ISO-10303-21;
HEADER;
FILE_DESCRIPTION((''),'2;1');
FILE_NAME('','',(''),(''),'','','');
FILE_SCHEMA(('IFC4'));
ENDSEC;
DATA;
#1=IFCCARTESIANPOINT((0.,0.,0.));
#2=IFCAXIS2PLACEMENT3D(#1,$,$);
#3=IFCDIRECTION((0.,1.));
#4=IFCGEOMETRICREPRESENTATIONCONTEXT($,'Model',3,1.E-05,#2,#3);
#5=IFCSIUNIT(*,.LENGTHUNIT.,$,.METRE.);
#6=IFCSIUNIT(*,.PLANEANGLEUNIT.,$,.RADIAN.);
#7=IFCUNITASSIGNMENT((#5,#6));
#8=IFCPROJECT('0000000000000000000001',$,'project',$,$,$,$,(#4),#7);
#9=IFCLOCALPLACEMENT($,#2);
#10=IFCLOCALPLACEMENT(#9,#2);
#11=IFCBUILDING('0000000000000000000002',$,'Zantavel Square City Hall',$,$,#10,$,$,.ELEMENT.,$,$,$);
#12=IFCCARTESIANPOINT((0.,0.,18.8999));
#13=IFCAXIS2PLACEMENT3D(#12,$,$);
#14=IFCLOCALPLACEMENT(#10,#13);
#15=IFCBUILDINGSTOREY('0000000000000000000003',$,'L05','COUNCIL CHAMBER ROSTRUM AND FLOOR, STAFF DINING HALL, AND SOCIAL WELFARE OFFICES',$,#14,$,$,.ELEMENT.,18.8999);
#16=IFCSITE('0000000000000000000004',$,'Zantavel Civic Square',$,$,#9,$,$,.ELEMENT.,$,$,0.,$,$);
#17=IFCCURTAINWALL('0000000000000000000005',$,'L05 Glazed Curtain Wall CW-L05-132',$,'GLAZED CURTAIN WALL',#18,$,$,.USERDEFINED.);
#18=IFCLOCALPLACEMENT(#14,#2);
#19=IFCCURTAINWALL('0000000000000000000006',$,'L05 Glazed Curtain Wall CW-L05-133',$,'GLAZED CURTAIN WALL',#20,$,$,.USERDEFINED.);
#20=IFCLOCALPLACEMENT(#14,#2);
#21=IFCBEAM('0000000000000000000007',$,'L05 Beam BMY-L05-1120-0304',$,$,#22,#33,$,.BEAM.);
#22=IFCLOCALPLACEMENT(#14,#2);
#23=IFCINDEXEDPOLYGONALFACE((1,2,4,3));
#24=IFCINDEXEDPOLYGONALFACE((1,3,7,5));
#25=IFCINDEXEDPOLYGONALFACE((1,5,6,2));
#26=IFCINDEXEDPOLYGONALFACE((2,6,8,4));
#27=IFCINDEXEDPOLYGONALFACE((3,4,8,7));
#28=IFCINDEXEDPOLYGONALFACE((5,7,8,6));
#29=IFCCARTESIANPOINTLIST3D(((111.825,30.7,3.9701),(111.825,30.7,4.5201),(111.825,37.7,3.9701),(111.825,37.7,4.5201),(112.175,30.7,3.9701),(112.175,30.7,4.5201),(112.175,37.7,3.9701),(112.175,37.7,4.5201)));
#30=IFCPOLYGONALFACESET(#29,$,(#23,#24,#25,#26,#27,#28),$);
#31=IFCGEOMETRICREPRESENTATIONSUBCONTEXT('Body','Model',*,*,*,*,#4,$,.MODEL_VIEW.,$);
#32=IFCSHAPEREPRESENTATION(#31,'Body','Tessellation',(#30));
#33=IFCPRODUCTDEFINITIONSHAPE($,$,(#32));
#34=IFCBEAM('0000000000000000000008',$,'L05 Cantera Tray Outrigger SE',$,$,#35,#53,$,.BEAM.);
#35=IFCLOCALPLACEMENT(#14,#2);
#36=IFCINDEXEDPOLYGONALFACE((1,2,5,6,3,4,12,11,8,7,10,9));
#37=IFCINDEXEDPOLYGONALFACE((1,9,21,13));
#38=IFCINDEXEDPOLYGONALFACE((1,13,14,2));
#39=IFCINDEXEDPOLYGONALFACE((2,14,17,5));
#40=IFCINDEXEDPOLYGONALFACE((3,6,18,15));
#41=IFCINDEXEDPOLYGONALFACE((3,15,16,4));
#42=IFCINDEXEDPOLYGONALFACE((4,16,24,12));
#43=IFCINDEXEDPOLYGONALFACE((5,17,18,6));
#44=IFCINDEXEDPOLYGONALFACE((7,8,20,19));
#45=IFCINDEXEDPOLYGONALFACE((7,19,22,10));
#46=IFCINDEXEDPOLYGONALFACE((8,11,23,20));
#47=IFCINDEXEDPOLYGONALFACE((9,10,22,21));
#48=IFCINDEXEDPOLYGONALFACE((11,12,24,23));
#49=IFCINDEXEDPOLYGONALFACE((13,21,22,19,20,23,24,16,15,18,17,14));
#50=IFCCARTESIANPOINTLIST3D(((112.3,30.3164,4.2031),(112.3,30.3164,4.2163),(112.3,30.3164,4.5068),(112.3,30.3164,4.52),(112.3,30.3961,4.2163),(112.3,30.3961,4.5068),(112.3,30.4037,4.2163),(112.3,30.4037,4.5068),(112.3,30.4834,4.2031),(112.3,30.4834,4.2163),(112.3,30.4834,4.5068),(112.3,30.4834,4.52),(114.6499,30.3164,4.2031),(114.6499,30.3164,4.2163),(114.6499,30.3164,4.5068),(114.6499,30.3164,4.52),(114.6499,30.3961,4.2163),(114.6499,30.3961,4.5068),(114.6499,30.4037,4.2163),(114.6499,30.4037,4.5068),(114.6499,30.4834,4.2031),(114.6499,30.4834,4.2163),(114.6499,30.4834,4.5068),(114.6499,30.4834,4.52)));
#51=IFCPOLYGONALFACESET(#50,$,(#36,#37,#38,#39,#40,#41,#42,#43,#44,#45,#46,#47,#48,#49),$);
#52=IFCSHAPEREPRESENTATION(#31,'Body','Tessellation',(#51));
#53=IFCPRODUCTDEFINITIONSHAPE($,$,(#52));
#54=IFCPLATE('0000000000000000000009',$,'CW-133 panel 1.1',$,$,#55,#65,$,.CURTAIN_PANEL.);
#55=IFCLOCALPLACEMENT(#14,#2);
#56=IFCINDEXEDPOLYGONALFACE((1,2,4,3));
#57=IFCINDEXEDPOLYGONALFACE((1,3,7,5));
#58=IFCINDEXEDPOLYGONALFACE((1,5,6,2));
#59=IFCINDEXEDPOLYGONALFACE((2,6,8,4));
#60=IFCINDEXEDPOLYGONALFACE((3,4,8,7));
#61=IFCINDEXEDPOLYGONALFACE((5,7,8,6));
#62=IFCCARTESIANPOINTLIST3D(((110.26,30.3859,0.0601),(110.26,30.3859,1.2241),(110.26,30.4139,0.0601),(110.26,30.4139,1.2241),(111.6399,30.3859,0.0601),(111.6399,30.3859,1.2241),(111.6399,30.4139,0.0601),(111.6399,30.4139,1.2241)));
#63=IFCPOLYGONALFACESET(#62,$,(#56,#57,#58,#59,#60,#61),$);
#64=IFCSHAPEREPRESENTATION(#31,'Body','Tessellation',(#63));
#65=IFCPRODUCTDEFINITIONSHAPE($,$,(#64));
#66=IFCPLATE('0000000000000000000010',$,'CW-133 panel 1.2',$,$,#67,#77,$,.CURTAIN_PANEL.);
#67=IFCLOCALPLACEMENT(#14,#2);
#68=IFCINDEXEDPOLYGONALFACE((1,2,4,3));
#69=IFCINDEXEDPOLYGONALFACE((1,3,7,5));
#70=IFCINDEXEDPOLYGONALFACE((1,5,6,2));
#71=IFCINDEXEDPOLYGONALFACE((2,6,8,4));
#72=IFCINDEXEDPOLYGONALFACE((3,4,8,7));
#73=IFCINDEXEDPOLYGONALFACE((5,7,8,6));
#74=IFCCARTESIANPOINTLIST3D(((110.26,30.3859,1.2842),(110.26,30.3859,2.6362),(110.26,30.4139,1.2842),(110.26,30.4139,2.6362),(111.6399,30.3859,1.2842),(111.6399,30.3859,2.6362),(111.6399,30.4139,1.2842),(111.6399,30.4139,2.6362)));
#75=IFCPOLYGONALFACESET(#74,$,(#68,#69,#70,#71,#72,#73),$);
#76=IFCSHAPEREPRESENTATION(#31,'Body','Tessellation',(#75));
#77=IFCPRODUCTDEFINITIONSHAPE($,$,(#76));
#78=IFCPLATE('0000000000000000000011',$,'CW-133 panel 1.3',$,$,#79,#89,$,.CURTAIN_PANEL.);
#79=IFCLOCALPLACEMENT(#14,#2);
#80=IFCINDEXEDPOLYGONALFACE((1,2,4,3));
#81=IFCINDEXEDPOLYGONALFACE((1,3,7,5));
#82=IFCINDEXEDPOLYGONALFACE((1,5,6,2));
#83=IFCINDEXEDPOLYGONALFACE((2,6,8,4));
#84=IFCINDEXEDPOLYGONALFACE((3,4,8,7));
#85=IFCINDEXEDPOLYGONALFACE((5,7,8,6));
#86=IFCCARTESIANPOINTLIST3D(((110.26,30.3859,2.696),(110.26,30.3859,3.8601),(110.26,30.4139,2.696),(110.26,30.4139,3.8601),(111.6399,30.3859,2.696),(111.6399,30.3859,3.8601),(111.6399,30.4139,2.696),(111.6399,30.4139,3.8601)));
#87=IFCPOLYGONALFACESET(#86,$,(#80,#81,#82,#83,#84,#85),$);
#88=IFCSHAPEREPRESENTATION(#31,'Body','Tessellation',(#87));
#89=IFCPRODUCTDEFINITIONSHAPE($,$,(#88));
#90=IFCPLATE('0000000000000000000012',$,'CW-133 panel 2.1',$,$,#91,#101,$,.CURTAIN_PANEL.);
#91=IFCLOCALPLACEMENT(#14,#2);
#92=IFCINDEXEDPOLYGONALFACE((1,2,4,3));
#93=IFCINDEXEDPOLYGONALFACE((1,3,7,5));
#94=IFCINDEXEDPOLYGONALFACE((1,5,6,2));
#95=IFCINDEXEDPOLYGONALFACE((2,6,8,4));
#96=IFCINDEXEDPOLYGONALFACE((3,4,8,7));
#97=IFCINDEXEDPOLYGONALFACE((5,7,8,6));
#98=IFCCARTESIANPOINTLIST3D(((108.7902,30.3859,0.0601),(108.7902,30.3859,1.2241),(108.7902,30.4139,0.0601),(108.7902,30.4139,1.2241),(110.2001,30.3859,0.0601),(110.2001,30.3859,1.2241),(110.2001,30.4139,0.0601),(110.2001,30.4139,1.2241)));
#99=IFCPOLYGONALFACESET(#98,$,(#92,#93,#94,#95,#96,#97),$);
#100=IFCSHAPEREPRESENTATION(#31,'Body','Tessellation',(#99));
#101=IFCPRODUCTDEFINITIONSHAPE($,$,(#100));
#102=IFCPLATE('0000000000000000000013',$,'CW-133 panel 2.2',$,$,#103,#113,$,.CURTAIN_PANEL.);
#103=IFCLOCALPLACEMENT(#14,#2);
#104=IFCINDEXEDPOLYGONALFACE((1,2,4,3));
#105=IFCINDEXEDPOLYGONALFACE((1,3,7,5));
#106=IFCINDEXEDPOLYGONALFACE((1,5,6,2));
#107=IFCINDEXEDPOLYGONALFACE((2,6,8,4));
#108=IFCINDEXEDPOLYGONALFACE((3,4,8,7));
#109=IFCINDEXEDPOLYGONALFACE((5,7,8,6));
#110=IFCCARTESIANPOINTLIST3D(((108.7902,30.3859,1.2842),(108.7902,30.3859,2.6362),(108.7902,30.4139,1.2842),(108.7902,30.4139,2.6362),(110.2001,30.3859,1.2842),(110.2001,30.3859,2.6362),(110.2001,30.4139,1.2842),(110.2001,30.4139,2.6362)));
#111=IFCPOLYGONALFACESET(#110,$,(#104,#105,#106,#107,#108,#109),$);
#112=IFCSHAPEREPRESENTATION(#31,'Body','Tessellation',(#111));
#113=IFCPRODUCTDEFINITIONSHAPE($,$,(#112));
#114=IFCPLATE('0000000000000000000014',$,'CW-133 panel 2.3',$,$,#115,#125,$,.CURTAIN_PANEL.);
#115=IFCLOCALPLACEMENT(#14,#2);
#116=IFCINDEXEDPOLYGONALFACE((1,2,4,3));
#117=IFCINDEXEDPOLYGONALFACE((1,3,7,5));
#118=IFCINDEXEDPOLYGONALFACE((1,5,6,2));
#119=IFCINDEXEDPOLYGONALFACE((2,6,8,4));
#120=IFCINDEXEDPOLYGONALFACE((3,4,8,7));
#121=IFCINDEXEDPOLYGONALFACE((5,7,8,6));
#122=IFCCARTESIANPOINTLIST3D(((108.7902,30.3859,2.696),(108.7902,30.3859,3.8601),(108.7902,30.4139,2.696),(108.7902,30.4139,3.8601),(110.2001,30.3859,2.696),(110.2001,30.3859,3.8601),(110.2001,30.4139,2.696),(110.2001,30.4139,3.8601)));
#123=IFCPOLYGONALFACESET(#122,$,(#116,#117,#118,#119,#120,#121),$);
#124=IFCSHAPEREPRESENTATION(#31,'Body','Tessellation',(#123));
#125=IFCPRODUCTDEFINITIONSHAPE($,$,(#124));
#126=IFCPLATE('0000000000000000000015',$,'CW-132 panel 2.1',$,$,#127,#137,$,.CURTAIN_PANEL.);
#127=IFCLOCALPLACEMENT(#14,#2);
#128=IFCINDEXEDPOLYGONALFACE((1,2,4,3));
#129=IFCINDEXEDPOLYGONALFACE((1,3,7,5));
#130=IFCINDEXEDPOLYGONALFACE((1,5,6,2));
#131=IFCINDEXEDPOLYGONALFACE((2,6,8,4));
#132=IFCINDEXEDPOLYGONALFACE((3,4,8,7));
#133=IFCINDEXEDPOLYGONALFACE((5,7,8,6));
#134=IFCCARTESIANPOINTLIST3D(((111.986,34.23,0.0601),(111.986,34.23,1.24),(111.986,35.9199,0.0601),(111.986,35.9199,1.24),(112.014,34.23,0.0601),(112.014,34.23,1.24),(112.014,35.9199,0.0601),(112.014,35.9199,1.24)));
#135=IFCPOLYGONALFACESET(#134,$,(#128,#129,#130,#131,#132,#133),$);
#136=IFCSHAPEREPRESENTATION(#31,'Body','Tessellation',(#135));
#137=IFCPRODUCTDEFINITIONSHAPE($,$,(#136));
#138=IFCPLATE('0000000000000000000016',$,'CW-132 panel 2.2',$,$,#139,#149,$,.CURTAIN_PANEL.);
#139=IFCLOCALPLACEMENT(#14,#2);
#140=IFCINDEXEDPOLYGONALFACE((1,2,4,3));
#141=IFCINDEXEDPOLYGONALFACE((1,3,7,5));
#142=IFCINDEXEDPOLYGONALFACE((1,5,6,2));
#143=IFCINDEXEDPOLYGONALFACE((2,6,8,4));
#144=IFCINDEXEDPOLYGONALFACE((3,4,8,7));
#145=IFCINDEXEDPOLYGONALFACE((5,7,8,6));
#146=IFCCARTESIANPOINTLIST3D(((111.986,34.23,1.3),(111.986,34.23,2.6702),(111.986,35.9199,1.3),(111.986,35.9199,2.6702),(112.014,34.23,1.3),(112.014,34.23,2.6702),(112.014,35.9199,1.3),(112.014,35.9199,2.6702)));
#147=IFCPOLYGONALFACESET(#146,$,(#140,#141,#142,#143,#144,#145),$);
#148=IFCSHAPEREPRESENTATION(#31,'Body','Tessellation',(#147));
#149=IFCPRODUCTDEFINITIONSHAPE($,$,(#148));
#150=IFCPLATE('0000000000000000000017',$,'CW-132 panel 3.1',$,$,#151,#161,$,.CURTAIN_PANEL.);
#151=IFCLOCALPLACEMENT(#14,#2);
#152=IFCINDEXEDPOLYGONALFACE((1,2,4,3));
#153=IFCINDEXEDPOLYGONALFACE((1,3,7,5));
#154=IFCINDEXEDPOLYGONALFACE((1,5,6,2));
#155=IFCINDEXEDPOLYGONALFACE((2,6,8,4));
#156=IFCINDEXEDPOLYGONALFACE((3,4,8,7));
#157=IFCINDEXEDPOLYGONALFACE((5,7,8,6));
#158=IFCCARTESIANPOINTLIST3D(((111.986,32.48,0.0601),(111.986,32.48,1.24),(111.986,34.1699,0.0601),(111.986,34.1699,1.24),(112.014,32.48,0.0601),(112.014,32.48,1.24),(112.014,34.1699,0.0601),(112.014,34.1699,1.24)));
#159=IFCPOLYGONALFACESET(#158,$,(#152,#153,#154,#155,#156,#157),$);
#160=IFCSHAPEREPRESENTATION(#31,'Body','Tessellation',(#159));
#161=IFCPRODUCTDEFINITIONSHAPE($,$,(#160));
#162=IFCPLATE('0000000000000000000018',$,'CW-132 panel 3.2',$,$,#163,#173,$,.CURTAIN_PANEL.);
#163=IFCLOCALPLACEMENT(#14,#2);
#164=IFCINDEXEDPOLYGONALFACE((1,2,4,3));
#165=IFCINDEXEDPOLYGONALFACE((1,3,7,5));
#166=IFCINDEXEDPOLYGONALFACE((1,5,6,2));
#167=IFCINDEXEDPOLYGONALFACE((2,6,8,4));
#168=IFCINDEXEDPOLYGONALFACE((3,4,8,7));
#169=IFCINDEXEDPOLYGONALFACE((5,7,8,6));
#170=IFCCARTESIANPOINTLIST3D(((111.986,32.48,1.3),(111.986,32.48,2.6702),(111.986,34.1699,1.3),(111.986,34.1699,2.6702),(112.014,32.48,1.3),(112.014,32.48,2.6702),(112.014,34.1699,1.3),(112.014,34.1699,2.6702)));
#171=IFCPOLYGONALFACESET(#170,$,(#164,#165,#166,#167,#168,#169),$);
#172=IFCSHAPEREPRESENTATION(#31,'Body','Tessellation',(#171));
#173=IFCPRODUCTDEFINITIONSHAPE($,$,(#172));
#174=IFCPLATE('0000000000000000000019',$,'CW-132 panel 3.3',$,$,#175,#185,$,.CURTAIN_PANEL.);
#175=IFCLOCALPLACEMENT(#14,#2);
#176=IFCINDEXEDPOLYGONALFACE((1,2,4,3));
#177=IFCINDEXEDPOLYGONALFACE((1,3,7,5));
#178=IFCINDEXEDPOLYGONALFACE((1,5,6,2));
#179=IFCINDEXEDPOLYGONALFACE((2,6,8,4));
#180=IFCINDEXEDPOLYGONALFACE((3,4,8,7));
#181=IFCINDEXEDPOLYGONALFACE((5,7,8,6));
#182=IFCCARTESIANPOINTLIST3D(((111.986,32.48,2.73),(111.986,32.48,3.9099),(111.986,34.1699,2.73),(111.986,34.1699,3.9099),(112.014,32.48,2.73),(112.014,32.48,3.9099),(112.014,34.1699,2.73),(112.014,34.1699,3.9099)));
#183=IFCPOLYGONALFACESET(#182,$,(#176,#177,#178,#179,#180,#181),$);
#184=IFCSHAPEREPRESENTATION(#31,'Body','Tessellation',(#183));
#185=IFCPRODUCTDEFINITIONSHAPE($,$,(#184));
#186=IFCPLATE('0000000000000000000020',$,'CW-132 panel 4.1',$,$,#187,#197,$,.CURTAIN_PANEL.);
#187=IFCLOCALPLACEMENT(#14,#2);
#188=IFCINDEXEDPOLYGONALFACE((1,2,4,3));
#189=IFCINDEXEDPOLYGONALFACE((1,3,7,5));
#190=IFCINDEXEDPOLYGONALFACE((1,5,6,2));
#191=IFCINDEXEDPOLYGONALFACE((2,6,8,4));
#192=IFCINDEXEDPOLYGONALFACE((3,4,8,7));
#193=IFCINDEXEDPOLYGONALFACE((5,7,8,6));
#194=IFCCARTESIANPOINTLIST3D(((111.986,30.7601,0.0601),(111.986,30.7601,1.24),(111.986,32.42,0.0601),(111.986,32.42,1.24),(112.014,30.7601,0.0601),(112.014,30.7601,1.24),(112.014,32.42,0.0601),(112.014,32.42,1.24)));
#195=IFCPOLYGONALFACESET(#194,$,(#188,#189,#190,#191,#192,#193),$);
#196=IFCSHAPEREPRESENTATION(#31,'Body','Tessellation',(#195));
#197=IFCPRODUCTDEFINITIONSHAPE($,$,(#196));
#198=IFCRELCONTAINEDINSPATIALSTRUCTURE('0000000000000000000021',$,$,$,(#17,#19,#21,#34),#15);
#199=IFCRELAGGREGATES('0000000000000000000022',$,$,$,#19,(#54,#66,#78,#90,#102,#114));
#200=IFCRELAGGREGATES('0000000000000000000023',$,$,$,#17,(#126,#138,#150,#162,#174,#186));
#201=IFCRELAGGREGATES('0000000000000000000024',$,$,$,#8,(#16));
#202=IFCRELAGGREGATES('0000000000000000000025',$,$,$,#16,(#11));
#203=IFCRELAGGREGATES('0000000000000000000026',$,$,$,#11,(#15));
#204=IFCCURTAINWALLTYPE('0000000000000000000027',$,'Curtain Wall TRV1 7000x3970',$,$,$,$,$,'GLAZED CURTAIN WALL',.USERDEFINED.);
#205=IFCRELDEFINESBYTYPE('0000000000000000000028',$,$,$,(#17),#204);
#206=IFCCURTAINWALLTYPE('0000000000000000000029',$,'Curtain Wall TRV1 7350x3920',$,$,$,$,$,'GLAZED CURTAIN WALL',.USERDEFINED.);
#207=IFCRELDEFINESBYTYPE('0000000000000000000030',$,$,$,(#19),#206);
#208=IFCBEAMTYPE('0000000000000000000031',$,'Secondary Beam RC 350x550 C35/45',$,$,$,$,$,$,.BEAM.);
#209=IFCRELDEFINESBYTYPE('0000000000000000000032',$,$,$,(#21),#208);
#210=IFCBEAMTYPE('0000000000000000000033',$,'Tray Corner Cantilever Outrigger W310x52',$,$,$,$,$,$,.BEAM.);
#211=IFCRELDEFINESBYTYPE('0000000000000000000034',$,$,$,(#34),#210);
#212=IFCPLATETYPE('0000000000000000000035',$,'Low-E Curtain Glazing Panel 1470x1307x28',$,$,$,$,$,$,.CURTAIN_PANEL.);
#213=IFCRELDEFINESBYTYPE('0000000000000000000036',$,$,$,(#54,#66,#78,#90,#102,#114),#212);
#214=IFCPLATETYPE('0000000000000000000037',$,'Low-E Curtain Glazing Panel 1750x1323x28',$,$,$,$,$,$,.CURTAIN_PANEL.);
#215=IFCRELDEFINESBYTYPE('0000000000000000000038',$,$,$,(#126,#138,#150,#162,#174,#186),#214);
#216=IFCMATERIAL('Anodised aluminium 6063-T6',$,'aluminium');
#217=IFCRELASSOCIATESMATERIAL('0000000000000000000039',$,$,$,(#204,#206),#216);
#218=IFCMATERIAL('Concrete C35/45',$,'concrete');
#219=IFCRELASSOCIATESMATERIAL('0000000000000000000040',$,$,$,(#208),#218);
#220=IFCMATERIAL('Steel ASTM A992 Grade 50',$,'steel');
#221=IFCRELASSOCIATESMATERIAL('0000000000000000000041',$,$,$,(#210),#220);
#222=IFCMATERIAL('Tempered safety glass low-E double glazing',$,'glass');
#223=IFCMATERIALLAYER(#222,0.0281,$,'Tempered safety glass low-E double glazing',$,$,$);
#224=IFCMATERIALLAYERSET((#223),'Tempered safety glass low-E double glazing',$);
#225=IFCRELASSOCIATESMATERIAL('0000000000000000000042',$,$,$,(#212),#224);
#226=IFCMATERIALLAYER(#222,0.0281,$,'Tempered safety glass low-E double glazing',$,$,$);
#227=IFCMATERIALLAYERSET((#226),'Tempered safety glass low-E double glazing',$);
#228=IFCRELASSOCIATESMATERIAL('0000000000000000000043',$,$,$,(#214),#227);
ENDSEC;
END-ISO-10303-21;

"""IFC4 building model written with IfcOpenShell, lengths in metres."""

from ifc_helpers import new_model, si_unit, direction, frame, origin, origin_2d, place, context, subcontext, project, spatial, rectangle, i_section, extrude, material, layer, layer_set, material_profile, profile_set, type_object, element, aggregate, save


model = new_model("IFC4")

# Units and contexts
model_context = context("Model", 3, precision=1e-05, world=origin(), true_north=direction((0.0, 1.0)))
body_context = subcontext(model_context, "Body", "Model", "MODEL_VIEW")
ifc_project = project(units=[si_unit("LENGTHUNIT", "METRE"), si_unit("PLANEANGLEUNIT", "RADIAN")], contexts=[model_context])

# Site, building, storey
site_placement = place(None, origin())
site = spatial("IfcSite", under=ifc_project, at=site_placement, Name="Zantavel Civic Square", CompositionType="ELEMENT", RefElevation=0.0)
building_placement = place(site_placement, origin())
building = spatial("IfcBuilding", under=site, at=building_placement, Name="Zantavel Square City Hall", CompositionType="ELEMENT")
storey_placement = place(building_placement, frame((0.0, 0.0, 18.8999)))
storey = spatial("IfcBuildingStorey", under=building, at=storey_placement, Name="L05", Description="COUNCIL CHAMBER ROSTRUM AND FLOOR, STAFF DINING HALL, AND SOCIAL WELFARE OFFICES", CompositionType="ELEMENT", Elevation=18.8999)

# Curtain walls
ifc_material_1 = material(Name="Anodised aluminium 6063-T6", Category="aluminium")
curtain_wall_type_1 = type_object("IfcCurtainWallType", Name="Curtain Wall TRV1 7000x3970", ElementType="GLAZED CURTAIN WALL", PredefinedType="USERDEFINED", material=ifc_material_1)
curtain_wall_1_placement = place(storey_placement, origin())
curtain_wall_1 = element("IfcCurtainWall", 1, at=curtain_wall_1_placement, inside=storey, type_object=curtain_wall_type_1, Name="L05 Glazed Curtain Wall CW-L05-132", ObjectType="GLAZED CURTAIN WALL", PredefinedType="USERDEFINED")
curtain_wall_type_2 = type_object("IfcCurtainWallType", Name="Curtain Wall TRV1 7350x3920", ElementType="GLAZED CURTAIN WALL", PredefinedType="USERDEFINED", material=ifc_material_1)
curtain_wall_2_placement = place(storey_placement, origin())
curtain_wall_2 = element("IfcCurtainWall", 2, at=curtain_wall_2_placement, inside=storey, type_object=curtain_wall_type_2, Name="L05 Glazed Curtain Wall CW-L05-133", ObjectType="GLAZED CURTAIN WALL", PredefinedType="USERDEFINED")

# Beams
ifc_material_2 = material(Name="Concrete C35/45", Category="concrete")
ifc_material_profile_1 = material_profile(ifc_material_2, rectangle(XDim=0.3501, YDim=0.55, at=origin_2d()), Name="RC 350x550")
ifc_profile_set_1 = profile_set([ifc_material_profile_1], Name="Concrete C35/45")
beam_type_1 = type_object("IfcBeamType", Name="Secondary Beam RC 350x550 C35/45", PredefinedType="BEAM", material=ifc_profile_set_1)
beam_1_placement = place(storey_placement, frame((112.0, 30.7, 4.2451), z_axis=(0.0, 1.0, 0.0), x_axis=(-1.0, 0.0, 0.0)))
element("IfcBeam", 3, at=beam_1_placement, inside=storey, type_object=beam_type_1, Name="L05 Beam BMY-L05-1120-0304", PredefinedType="BEAM", context=body_context, shape_type="SweptSolid", body=[
    extrude(rectangle(XDim=0.3501, YDim=0.55, at=origin_2d()), origin(), (0.0, 0.0, 1.0), 7.0),
])
ifc_material_3 = material(Name="Steel ASTM A992 Grade 50", Category="steel")
ifc_material_profile_2 = material_profile(ifc_material_3, i_section(OverallWidth=0.167, OverallDepth=0.3169, WebThickness=0.0076, FlangeThickness=0.0132, at=origin_2d()), Name="W310x52")
ifc_profile_set_2 = profile_set([ifc_material_profile_2], Name="Steel ASTM A992 Grade 50")
beam_type_2 = type_object("IfcBeamType", Name="Tray Corner Cantilever Outrigger W310x52", PredefinedType="BEAM", material=ifc_profile_set_2)
beam_2_placement = place(storey_placement, frame((112.3, 30.3999, 4.3616), z_axis=(1.0, 0.0, 0.0), x_axis=(0.0, 1.0, 0.0)))
element("IfcBeam", 4, at=beam_2_placement, inside=storey, type_object=beam_type_2, Name="L05 Cantera Tray Outrigger SE", PredefinedType="BEAM", context=body_context, shape_type="SweptSolid", body=[
    extrude(i_section(OverallWidth=0.167, OverallDepth=0.3169, WebThickness=0.0076, FlangeThickness=0.0132, at=origin_2d()), origin(), (0.0, 0.0, 1.0), 2.3499),
])

# Plates
ifc_material_4 = material(Name="Tempered safety glass low-E double glazing", Category="glass")
ifc_layer_1 = layer(ifc_material_4, 0.0281, Name="Tempered safety glass low-E double glazing")
ifc_layer_set_1 = layer_set([ifc_layer_1], Name="Tempered safety glass low-E double glazing")
plate_type_1 = type_object("IfcPlateType", Name="Low-E Curtain Glazing Panel 1470x1307x28", PredefinedType="CURTAIN_PANEL", material=ifc_layer_set_1)
plate_1_placement = place(storey_placement, frame((110.95, 30.3999, 0.0601), z_axis=(0.0, 0.0, 1.0), x_axis=(-1.0, 0.0, 0.0)))
plate_1 = element("IfcPlate", 5, at=plate_1_placement, type_object=plate_type_1, Name="CW-133 panel 1.1", PredefinedType="CURTAIN_PANEL", context=body_context, shape_type="SweptSolid", body=[
    extrude(rectangle(XDim=1.3799, YDim=0.0281, at=origin_2d()), origin(), (0.0, 0.0, 1.0), 1.1641),
])
plate_2_placement = place(storey_placement, frame((110.95, 30.3999, 1.2842), z_axis=(0.0, 0.0, 1.0), x_axis=(-1.0, 0.0, 0.0)))
plate_2 = element("IfcPlate", 6, at=plate_2_placement, type_object=plate_type_1, Name="CW-133 panel 1.2", PredefinedType="CURTAIN_PANEL", context=body_context, shape_type="SweptSolid", body=[
    extrude(rectangle(XDim=1.3799, YDim=0.0281, at=origin_2d()), origin(), (0.0, 0.0, 1.0), 1.3521),
])
plate_3_placement = place(storey_placement, frame((110.95, 30.3999, 2.696), z_axis=(0.0, 0.0, 1.0), x_axis=(-1.0, 0.0, 0.0)))
plate_3 = element("IfcPlate", 7, at=plate_3_placement, type_object=plate_type_1, Name="CW-133 panel 1.3", PredefinedType="CURTAIN_PANEL", context=body_context, shape_type="SweptSolid", body=[
    extrude(rectangle(XDim=1.3799, YDim=0.0281, at=origin_2d()), origin(), (0.0, 0.0, 1.0), 1.1641),
])
plate_4_placement = place(storey_placement, frame((109.4951, 30.3999, 0.0601), z_axis=(0.0, 0.0, 1.0), x_axis=(-1.0, 0.0, 0.0)))
plate_4 = element("IfcPlate", 8, at=plate_4_placement, type_object=plate_type_1, Name="CW-133 panel 2.1", PredefinedType="CURTAIN_PANEL", context=body_context, shape_type="SweptSolid", body=[
    extrude(rectangle(XDim=1.4099, YDim=0.0281, at=origin_2d()), origin(), (0.0, 0.0, 1.0), 1.1641),
])
plate_5_placement = place(storey_placement, frame((109.4951, 30.3999, 1.2842), z_axis=(0.0, 0.0, 1.0), x_axis=(-1.0, 0.0, 0.0)))
plate_5 = element("IfcPlate", 9, at=plate_5_placement, type_object=plate_type_1, Name="CW-133 panel 2.2", PredefinedType="CURTAIN_PANEL", context=body_context, shape_type="SweptSolid", body=[
    extrude(rectangle(XDim=1.4099, YDim=0.0281, at=origin_2d()), origin(), (0.0, 0.0, 1.0), 1.3521),
])
plate_6_placement = place(storey_placement, frame((109.4951, 30.3999, 2.696), z_axis=(0.0, 0.0, 1.0), x_axis=(-1.0, 0.0, 0.0)))
plate_6 = element("IfcPlate", 10, at=plate_6_placement, type_object=plate_type_1, Name="CW-133 panel 2.3", PredefinedType="CURTAIN_PANEL", context=body_context, shape_type="SweptSolid", body=[
    extrude(rectangle(XDim=1.4099, YDim=0.0281, at=origin_2d()), origin(), (0.0, 0.0, 1.0), 1.1641),
])
aggregate(curtain_wall_2, [plate_1, plate_2, plate_3, plate_4, plate_5, plate_6])
ifc_layer_2 = layer(ifc_material_4, 0.0281, Name="Tempered safety glass low-E double glazing")
ifc_layer_set_2 = layer_set([ifc_layer_2], Name="Tempered safety glass low-E double glazing")
plate_type_2 = type_object("IfcPlateType", Name="Low-E Curtain Glazing Panel 1750x1323x28", PredefinedType="CURTAIN_PANEL", material=ifc_layer_set_2)
plate_7_placement = place(storey_placement, frame((112.0, 35.075, 0.0601), z_axis=(0.0, 0.0, 1.0), x_axis=(0.0, -1.0, 0.0)))
plate_7 = element("IfcPlate", 11, at=plate_7_placement, type_object=plate_type_2, Name="CW-132 panel 2.1", PredefinedType="CURTAIN_PANEL", context=body_context, shape_type="SweptSolid", body=[
    extrude(rectangle(XDim=1.6899, YDim=0.0281, at=origin_2d()), origin(), (0.0, 0.0, 1.0), 1.1799),
])
plate_8_placement = place(storey_placement, frame((112.0, 35.075, 1.3), z_axis=(0.0, 0.0, 1.0), x_axis=(0.0, -1.0, 0.0)))
plate_8 = element("IfcPlate", 12, at=plate_8_placement, type_object=plate_type_2, Name="CW-132 panel 2.2", PredefinedType="CURTAIN_PANEL", context=body_context, shape_type="SweptSolid", body=[
    extrude(rectangle(XDim=1.6899, YDim=0.0281, at=origin_2d()), origin(), (0.0, 0.0, 1.0), 1.3701),
])
plate_9_placement = place(storey_placement, frame((112.0, 33.325, 0.0601), z_axis=(0.0, 0.0, 1.0), x_axis=(0.0, -1.0, 0.0)))
plate_9 = element("IfcPlate", 13, at=plate_9_placement, type_object=plate_type_2, Name="CW-132 panel 3.1", PredefinedType="CURTAIN_PANEL", context=body_context, shape_type="SweptSolid", body=[
    extrude(rectangle(XDim=1.6899, YDim=0.0281, at=origin_2d()), origin(), (0.0, 0.0, 1.0), 1.1799),
])
plate_10_placement = place(storey_placement, frame((112.0, 33.325, 1.3), z_axis=(0.0, 0.0, 1.0), x_axis=(0.0, -1.0, 0.0)))
plate_10 = element("IfcPlate", 14, at=plate_10_placement, type_object=plate_type_2, Name="CW-132 panel 3.2", PredefinedType="CURTAIN_PANEL", context=body_context, shape_type="SweptSolid", body=[
    extrude(rectangle(XDim=1.6899, YDim=0.0281, at=origin_2d()), origin(), (0.0, 0.0, 1.0), 1.3701),
])
plate_11_placement = place(storey_placement, frame((112.0, 33.325, 2.73), z_axis=(0.0, 0.0, 1.0), x_axis=(0.0, -1.0, 0.0)))
plate_11 = element("IfcPlate", 15, at=plate_11_placement, type_object=plate_type_2, Name="CW-132 panel 3.3", PredefinedType="CURTAIN_PANEL", context=body_context, shape_type="SweptSolid", body=[
    extrude(rectangle(XDim=1.6899, YDim=0.0281, at=origin_2d()), origin(), (0.0, 0.0, 1.0), 1.1799),
])
plate_12_placement = place(storey_placement, frame((112.0, 31.5901, 0.0601), z_axis=(0.0, 0.0, 1.0), x_axis=(0.0, -1.0, 0.0)))
plate_12 = element("IfcPlate", 16, at=plate_12_placement, type_object=plate_type_2, Name="CW-132 panel 4.1", PredefinedType="CURTAIN_PANEL", context=body_context, shape_type="SweptSolid", body=[
    extrude(rectangle(XDim=1.6599, YDim=0.0281, at=origin_2d()), origin(), (0.0, 0.0, 1.0), 1.1799),
])
aggregate(curtain_wall_1, [plate_7, plate_8, plate_9, plate_10, plate_11, plate_12])

save(model, "model.ifc")
